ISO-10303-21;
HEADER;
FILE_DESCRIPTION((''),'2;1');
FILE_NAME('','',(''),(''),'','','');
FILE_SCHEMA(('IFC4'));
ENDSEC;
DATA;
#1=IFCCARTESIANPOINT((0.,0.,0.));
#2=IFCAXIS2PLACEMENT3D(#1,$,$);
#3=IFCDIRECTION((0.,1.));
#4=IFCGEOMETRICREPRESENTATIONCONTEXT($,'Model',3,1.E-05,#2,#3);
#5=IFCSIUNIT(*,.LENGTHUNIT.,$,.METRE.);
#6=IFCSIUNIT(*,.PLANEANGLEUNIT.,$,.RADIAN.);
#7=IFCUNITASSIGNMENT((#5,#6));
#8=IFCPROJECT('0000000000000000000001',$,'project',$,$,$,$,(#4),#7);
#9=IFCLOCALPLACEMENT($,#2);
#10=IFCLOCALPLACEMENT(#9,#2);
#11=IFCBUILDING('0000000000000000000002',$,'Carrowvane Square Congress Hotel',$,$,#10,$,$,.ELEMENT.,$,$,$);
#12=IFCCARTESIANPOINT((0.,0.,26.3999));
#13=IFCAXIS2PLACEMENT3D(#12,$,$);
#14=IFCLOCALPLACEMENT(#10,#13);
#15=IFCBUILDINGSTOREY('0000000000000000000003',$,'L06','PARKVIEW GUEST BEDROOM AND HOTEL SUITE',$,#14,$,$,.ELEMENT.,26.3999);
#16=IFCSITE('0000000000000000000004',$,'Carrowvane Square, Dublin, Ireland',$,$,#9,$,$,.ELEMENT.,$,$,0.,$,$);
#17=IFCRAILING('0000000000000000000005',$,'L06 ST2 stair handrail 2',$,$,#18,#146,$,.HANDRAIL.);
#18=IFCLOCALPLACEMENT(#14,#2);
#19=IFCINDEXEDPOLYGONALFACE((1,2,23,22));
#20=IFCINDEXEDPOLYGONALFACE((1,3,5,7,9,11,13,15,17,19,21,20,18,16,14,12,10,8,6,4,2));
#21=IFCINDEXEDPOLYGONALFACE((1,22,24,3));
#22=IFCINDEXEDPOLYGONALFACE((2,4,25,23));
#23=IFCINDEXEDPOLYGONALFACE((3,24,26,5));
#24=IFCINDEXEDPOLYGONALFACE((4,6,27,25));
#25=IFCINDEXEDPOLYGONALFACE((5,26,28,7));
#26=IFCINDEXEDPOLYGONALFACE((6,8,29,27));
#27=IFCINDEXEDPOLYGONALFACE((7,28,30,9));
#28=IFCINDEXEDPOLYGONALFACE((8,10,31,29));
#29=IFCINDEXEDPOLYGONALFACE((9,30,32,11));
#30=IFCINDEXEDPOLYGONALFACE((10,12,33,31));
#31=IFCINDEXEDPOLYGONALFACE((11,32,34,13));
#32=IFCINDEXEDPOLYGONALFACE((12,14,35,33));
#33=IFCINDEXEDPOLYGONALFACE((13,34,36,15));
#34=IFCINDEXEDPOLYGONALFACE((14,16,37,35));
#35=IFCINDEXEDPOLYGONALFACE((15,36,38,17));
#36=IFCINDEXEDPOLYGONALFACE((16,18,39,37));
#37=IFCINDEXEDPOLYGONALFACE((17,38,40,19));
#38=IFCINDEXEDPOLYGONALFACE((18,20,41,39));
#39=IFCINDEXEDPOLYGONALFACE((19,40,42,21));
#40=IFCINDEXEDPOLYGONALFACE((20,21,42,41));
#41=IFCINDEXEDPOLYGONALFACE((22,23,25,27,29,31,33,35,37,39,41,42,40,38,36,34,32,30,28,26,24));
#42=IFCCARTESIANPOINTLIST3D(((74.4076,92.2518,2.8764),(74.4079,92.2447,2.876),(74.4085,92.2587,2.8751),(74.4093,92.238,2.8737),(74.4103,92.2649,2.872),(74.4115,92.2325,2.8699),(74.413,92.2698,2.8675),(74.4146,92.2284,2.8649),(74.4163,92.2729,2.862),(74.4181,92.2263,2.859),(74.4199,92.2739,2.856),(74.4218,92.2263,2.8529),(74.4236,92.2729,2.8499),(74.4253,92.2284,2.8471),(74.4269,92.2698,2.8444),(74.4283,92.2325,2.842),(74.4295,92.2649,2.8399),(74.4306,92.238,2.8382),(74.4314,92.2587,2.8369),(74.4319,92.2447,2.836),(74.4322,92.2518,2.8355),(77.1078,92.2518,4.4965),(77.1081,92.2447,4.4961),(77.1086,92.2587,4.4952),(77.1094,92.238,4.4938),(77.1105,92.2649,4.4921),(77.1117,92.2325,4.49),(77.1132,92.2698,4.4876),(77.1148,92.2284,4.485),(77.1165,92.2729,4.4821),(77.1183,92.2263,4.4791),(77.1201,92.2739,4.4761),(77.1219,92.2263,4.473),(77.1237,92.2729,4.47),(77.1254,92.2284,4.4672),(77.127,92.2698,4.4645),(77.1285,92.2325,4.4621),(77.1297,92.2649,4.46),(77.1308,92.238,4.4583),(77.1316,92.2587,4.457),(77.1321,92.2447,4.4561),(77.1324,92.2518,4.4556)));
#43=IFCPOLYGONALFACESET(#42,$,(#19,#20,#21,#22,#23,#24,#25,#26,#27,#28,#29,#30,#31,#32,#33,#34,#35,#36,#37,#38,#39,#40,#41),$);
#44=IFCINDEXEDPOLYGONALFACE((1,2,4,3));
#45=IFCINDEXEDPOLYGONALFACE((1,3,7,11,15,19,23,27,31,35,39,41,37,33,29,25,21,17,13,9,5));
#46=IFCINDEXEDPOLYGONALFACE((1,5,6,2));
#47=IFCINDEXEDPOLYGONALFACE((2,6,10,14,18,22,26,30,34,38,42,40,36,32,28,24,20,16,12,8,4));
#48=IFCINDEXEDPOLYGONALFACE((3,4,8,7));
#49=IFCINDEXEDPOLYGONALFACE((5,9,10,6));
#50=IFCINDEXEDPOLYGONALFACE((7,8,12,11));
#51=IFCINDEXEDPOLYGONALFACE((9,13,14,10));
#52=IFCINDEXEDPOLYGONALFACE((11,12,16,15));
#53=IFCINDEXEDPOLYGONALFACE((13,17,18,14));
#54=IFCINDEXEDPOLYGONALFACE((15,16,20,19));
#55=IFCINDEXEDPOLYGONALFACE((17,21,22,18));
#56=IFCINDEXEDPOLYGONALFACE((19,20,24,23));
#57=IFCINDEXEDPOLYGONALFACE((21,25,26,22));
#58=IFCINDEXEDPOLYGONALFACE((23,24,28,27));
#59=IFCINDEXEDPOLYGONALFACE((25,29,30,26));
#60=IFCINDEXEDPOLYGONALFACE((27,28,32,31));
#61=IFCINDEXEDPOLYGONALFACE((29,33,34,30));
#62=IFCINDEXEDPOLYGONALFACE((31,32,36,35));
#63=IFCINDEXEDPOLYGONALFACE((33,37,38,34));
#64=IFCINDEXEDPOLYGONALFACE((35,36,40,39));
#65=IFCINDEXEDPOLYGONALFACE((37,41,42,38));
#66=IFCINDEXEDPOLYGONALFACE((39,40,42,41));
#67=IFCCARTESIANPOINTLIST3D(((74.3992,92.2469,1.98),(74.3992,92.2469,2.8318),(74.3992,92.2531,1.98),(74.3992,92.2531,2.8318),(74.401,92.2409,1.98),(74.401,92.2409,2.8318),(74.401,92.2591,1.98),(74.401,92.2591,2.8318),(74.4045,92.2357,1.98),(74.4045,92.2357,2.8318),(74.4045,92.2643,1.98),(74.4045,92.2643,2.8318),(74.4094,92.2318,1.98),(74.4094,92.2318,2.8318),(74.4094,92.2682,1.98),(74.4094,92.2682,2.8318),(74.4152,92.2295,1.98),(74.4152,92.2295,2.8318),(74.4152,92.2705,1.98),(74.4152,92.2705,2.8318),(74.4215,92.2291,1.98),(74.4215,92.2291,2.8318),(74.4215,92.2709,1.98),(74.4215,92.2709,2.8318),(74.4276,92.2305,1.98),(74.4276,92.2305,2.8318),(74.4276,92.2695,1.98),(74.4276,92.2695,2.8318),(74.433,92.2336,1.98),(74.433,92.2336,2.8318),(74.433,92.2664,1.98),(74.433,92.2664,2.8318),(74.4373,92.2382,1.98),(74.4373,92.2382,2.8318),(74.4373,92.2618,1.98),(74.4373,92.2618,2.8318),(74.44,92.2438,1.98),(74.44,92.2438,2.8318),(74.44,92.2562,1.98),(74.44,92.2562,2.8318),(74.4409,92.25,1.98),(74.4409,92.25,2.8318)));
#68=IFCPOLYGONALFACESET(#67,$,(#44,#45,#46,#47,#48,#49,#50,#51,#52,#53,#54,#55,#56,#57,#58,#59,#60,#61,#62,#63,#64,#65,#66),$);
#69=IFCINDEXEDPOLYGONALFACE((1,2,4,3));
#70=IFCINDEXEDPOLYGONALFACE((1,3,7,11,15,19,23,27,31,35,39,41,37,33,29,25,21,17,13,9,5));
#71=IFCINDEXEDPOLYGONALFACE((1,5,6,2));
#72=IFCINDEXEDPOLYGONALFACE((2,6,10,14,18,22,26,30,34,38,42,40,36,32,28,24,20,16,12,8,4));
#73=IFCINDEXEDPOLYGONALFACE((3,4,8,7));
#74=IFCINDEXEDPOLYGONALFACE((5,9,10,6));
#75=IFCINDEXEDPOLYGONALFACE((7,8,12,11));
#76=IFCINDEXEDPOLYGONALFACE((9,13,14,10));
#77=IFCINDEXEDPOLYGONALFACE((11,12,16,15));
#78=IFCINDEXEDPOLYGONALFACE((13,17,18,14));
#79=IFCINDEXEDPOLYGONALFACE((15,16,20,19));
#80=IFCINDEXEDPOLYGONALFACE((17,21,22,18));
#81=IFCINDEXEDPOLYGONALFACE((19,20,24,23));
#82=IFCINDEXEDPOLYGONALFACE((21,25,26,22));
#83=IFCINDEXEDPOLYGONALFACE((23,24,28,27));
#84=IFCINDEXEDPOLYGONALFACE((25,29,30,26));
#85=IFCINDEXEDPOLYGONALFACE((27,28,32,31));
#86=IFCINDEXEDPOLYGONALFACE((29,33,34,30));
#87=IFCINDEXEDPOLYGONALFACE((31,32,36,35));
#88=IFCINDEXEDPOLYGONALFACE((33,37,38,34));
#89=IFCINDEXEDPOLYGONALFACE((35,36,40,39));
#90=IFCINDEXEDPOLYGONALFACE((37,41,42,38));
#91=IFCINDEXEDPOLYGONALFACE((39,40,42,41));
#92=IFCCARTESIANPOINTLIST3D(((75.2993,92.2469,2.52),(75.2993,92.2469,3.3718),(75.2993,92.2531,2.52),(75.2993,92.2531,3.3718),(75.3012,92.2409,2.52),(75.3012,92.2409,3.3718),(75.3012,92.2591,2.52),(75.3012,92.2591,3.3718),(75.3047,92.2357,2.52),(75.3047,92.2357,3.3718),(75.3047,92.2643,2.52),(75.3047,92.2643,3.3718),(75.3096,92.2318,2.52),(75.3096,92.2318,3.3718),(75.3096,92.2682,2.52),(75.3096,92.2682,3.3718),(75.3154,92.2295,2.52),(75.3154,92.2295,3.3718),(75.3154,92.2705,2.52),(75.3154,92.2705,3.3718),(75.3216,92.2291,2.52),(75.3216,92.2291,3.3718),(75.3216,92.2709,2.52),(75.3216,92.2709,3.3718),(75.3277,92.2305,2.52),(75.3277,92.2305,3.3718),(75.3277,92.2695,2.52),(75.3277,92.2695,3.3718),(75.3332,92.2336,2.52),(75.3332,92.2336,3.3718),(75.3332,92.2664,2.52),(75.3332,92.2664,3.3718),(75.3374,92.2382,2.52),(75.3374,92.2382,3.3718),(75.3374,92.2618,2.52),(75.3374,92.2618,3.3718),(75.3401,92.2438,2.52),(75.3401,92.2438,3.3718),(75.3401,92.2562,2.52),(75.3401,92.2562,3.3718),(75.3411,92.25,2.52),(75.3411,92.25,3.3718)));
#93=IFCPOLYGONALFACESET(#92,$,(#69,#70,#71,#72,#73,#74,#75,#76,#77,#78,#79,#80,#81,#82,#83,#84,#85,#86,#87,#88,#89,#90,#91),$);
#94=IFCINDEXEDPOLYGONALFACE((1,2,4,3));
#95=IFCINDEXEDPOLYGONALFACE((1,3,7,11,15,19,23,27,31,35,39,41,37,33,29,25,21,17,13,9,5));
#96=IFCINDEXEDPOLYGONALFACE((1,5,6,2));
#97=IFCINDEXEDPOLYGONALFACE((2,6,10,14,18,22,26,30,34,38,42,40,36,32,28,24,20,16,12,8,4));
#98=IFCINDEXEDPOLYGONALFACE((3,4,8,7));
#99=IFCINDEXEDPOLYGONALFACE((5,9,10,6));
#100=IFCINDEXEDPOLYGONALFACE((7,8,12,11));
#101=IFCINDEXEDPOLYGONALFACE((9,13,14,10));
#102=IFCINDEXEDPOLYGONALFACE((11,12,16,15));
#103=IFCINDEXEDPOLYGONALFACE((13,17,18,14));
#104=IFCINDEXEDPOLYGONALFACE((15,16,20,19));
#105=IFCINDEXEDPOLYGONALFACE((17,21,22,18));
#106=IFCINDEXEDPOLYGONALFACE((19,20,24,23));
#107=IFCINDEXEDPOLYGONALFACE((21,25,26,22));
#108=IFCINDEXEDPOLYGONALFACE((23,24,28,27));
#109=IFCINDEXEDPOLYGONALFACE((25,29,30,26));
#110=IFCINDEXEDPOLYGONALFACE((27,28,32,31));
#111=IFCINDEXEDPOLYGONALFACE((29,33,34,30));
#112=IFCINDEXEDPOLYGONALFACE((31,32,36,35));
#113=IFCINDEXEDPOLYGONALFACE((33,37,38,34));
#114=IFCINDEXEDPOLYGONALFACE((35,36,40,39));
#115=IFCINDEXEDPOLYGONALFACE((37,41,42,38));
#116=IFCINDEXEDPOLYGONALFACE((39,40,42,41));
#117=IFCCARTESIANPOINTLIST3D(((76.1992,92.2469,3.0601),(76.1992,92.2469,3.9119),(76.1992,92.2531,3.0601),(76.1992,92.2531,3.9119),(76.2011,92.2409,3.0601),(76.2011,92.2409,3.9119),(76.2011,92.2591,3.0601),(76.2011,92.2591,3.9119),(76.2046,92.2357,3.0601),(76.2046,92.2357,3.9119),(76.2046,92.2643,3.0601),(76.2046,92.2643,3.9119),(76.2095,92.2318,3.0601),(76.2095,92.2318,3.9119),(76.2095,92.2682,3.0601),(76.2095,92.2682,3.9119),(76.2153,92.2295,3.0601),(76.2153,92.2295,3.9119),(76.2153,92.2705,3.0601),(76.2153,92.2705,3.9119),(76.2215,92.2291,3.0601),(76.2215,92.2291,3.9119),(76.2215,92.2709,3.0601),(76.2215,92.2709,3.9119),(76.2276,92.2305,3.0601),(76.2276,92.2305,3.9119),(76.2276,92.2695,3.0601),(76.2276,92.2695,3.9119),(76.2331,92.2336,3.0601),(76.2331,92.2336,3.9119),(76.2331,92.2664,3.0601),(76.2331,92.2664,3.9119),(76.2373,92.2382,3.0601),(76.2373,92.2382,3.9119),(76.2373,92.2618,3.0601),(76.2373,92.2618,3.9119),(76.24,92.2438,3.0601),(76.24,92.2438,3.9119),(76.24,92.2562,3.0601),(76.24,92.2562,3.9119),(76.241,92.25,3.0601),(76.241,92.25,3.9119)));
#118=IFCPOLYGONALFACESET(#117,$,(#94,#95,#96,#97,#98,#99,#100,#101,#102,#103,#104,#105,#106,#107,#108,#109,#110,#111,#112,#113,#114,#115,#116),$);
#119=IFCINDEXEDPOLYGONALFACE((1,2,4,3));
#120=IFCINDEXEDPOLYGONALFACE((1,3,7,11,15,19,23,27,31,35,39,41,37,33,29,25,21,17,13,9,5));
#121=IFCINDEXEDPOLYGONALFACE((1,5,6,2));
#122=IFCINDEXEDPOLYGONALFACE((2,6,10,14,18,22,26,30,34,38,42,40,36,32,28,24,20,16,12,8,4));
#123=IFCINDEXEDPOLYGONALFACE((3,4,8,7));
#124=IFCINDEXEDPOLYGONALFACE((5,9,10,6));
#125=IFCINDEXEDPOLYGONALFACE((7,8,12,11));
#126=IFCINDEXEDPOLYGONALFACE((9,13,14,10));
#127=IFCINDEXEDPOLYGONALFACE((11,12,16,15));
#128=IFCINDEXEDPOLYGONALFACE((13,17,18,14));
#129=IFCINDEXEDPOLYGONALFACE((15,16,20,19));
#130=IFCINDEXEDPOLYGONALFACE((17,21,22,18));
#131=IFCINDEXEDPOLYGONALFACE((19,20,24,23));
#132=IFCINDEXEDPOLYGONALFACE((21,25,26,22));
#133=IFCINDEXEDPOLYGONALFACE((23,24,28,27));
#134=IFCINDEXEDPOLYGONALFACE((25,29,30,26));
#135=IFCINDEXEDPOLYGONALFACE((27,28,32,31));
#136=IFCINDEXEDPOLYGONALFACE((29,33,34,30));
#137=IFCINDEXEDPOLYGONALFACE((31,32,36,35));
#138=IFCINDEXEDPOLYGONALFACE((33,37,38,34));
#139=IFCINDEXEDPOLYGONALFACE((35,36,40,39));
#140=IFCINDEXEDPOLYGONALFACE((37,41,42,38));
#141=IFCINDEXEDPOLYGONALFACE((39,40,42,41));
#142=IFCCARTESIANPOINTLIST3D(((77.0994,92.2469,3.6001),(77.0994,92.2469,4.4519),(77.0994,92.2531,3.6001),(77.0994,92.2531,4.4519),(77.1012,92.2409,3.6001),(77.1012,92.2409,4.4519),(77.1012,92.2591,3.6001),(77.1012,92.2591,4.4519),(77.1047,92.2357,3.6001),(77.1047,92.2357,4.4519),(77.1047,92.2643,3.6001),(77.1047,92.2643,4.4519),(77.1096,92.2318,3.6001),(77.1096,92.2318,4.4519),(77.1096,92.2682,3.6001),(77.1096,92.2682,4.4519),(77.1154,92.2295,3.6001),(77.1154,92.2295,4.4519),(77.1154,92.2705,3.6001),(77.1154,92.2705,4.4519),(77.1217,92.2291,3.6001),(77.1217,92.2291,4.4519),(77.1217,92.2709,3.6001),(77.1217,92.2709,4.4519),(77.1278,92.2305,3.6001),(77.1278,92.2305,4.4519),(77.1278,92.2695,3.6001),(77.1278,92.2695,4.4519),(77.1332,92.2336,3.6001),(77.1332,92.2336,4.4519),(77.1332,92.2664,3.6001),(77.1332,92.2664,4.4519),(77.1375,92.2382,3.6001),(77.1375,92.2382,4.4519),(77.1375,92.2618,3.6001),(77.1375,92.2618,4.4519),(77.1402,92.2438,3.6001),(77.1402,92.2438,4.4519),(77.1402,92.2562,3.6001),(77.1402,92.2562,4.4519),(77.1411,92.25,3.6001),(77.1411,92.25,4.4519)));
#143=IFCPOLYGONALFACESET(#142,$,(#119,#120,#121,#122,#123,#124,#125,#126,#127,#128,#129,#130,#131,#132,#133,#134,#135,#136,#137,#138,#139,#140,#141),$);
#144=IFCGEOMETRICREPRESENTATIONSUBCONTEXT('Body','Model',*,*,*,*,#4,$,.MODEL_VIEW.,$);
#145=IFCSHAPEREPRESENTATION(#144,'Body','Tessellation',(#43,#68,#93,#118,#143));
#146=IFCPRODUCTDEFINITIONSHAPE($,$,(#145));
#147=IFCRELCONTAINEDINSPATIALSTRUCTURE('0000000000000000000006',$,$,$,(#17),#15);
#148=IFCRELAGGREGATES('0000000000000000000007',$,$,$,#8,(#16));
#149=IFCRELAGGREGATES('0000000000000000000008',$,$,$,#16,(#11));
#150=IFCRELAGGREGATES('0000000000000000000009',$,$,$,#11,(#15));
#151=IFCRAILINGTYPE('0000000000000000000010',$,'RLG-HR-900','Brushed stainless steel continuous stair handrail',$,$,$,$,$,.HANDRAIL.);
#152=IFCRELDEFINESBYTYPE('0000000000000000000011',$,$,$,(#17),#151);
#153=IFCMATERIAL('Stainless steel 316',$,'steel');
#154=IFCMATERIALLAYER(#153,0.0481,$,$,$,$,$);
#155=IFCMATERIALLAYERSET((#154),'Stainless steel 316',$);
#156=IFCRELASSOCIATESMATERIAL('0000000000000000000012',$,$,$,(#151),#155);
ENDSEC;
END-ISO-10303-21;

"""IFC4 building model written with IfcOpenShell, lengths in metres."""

from ifc_helpers import new_model, si_unit, direction, frame, origin, origin_2d, place, context, subcontext, project, spatial, circle, extrude, material, layer, layer_set, type_object, element, save


model = new_model("IFC4")

# Units and contexts
model_context = context("Model", 3, precision=1e-05, world=origin(), true_north=direction((0.0, 1.0)))
body_context = subcontext(model_context, "Body", "Model", "MODEL_VIEW")
ifc_project = project(units=[si_unit("LENGTHUNIT", "METRE"), si_unit("PLANEANGLEUNIT", "RADIAN")], contexts=[model_context])

# Site, building, storey
site_placement = place(None, origin())
site = spatial("IfcSite", under=ifc_project, at=site_placement, Name="Carrowvane Square, Dublin, Ireland", CompositionType="ELEMENT", RefElevation=0.0)
building_placement = place(site_placement, origin())
building = spatial("IfcBuilding", under=site, at=building_placement, Name="Carrowvane Square Congress Hotel", CompositionType="ELEMENT")
storey_placement = place(building_placement, frame((0.0, 0.0, 26.3999)))
storey = spatial("IfcBuildingStorey", under=building, at=storey_placement, Name="L06", Description="PARKVIEW GUEST BEDROOM AND HOTEL SUITE", CompositionType="ELEMENT", Elevation=26.3999)

# Railing
ifc_material_1 = material(Name="Stainless steel 316", Category="steel")
ifc_layer_1 = layer(ifc_material_1, 0.0481)
ifc_layer_set_1 = layer_set([ifc_layer_1], Name="Stainless steel 316")
railing_type_1 = type_object("IfcRailingType", Name="RLG-HR-900", Description="Brushed stainless steel continuous stair handrail", PredefinedType="HANDRAIL", material=ifc_layer_set_1)
railing_1_placement = place(storey_placement, frame((74.4199, 92.25, 1.98)))
element("IfcRailing", 1, at=railing_1_placement, inside=storey, type_object=railing_type_1, Name="L06 ST2 stair handrail 2", PredefinedType="HANDRAIL", context=body_context, shape_type="SweptSolid", body=[
    extrude(circle(Radius=0.0239, at=origin_2d()), frame((0.0, 0.0, 0.876), z_axis=(0.857493, 0.0, 0.514496), x_axis=(0.0, 1.0, 0.0)), (0.0, 0.0, 1.0), 3.1489),
    extrude(circle(Radius=0.021, at=origin_2d()), origin(), (0.0, 0.0, 1.0), 0.8518),
    extrude(circle(Radius=0.021, at=origin_2d()), frame((0.9001, 0.0, 0.54)), (0.0, 0.0, 1.0), 0.8518),
    extrude(circle(Radius=0.021, at=origin_2d()), frame((1.8, 0.0, 1.0801)), (0.0, 0.0, 1.0), 0.8518),
    extrude(circle(Radius=0.021, at=origin_2d()), frame((2.7002, 0.0, 1.6201)), (0.0, 0.0, 1.0), 0.8518),
])

save(model, "model.ifc")
